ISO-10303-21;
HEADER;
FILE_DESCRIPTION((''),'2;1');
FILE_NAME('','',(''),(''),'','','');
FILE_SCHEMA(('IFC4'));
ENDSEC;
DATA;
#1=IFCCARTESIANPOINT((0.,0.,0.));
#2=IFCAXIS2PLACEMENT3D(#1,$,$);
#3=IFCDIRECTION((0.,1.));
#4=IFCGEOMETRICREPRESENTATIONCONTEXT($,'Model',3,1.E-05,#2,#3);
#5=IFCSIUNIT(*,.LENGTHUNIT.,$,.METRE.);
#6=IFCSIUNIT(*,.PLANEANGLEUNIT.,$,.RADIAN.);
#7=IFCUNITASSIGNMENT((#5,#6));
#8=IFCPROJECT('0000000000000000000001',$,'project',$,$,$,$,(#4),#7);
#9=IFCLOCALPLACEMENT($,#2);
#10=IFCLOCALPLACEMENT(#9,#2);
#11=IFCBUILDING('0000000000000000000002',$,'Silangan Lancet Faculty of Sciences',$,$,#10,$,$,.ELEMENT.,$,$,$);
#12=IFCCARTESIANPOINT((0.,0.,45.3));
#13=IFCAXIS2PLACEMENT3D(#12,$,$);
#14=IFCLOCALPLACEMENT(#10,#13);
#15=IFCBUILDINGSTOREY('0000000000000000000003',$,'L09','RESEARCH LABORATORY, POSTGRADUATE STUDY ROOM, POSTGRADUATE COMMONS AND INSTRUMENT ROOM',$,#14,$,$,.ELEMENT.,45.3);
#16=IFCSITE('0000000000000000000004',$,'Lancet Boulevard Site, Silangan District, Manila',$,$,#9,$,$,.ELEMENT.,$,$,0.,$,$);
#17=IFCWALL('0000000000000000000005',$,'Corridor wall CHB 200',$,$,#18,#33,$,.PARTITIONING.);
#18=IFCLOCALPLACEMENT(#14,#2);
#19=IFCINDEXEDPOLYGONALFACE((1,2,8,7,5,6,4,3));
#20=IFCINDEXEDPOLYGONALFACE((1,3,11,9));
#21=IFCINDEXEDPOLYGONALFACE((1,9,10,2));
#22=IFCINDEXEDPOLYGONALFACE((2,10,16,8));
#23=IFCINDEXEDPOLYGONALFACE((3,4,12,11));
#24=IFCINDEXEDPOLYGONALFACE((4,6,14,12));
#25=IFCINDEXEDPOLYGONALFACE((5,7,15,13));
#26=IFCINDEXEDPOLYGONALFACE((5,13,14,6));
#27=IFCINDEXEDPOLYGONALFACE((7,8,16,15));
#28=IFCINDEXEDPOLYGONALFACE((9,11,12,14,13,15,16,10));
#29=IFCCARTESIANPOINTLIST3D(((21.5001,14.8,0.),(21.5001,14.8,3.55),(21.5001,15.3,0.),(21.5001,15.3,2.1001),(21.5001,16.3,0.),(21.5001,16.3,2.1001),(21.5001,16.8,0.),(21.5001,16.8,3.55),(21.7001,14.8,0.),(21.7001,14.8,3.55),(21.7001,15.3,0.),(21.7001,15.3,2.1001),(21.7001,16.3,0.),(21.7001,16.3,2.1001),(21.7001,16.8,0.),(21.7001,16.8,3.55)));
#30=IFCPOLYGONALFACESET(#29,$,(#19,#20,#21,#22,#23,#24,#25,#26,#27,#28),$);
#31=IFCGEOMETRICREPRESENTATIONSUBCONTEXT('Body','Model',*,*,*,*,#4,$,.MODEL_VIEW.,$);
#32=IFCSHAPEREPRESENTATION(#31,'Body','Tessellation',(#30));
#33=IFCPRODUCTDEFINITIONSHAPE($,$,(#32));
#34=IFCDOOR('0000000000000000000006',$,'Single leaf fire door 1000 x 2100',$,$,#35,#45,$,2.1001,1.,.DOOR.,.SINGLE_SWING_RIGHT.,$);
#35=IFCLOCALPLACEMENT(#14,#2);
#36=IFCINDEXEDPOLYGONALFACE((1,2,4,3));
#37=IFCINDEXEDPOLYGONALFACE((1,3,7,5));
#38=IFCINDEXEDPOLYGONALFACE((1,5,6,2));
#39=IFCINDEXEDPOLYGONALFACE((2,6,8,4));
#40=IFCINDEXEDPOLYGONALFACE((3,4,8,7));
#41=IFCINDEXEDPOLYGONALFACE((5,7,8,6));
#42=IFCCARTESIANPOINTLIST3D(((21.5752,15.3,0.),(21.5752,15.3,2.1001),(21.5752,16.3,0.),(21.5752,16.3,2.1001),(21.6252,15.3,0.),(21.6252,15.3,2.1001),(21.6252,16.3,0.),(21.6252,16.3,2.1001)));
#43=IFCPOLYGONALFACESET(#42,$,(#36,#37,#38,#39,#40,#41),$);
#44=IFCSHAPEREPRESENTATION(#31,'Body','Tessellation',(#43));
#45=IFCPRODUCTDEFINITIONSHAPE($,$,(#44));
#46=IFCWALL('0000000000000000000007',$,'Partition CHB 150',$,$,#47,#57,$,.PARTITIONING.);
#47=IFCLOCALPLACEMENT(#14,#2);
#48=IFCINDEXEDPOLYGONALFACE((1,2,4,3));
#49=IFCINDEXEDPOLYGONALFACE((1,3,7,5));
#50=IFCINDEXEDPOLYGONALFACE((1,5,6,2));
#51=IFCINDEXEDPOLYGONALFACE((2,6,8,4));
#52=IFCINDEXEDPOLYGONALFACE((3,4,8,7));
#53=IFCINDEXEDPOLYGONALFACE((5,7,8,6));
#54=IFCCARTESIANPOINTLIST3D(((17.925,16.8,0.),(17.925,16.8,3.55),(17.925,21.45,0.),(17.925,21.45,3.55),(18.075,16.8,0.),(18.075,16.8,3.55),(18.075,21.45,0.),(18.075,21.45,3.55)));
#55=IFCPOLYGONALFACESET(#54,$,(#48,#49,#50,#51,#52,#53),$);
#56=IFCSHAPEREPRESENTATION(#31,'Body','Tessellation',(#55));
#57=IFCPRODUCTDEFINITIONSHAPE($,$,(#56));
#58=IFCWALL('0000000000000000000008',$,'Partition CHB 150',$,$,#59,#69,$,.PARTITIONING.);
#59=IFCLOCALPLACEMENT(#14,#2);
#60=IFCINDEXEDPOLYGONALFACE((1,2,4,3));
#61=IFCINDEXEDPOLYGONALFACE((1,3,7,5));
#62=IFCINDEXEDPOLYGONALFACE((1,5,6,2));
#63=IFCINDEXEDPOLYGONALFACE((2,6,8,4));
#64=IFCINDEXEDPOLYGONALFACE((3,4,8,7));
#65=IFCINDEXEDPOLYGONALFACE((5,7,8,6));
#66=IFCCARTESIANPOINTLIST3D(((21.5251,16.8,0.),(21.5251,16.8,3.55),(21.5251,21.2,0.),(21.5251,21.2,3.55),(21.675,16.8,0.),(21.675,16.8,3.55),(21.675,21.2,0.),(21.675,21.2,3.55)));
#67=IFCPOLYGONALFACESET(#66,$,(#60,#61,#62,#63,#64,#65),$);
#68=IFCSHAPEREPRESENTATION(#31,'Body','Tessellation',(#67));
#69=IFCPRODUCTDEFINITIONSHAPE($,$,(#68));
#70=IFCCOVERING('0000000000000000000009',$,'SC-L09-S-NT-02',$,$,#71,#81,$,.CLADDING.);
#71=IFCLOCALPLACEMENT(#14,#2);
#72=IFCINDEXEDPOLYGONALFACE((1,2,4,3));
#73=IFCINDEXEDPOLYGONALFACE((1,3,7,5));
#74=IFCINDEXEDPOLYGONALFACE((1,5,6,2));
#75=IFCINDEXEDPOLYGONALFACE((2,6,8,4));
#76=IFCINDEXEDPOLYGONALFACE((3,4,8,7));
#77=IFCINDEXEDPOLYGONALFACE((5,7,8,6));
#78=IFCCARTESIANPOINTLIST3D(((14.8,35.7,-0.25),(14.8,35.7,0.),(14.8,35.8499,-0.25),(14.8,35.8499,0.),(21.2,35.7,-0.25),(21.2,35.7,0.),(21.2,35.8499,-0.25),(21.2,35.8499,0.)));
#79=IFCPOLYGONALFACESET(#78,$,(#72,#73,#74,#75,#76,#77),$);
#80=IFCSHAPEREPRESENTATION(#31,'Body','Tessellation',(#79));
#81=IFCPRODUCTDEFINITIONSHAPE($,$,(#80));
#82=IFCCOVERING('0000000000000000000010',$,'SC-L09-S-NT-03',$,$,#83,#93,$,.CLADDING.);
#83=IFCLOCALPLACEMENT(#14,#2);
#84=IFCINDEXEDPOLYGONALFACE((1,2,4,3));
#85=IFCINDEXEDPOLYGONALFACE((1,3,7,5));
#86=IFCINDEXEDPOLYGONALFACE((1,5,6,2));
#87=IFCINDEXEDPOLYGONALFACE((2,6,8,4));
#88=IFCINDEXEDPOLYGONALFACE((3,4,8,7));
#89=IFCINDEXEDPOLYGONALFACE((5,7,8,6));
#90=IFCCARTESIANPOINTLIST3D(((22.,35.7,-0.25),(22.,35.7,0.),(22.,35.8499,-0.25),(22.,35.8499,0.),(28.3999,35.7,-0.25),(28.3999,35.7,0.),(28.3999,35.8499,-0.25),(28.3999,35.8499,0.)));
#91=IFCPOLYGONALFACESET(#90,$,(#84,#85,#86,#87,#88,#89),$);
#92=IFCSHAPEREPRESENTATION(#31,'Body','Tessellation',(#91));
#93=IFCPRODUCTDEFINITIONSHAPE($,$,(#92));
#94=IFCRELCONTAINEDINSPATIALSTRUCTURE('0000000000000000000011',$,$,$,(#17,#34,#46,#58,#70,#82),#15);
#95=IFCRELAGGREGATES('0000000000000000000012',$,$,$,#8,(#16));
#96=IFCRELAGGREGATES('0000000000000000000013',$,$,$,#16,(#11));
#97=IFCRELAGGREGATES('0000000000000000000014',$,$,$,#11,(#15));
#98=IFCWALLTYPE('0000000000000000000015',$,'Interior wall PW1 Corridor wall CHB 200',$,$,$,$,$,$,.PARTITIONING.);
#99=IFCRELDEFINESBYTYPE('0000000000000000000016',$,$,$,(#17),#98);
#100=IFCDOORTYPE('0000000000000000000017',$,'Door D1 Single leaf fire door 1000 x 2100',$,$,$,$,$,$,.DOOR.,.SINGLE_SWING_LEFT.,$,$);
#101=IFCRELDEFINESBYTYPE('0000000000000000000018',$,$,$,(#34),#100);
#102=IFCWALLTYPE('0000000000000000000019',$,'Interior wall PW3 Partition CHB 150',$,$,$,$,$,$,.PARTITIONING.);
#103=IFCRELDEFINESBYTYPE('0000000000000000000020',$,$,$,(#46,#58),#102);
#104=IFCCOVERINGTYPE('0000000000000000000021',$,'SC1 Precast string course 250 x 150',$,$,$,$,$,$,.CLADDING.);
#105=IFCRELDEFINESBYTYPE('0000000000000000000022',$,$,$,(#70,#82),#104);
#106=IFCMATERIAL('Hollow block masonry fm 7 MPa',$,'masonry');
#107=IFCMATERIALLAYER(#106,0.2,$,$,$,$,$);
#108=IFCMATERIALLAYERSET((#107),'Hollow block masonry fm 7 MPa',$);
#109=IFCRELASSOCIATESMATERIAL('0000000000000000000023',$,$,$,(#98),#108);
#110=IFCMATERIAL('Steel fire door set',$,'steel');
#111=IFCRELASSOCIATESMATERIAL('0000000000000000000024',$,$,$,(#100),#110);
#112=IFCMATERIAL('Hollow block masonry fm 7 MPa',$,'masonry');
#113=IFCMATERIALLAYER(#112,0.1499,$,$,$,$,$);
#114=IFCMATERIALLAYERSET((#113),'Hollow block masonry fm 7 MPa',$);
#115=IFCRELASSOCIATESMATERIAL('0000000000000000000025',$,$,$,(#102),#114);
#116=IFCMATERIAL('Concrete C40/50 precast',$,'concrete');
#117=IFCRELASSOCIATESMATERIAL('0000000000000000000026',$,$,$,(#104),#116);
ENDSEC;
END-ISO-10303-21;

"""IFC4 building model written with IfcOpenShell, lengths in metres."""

from ifc_helpers import new_model, si_unit, direction, frame, frame_2d, origin, origin_2d, place, context, subcontext, project, spatial, rectangle, extrude, material, layer, layer_set, type_object, element, fill, save


model = new_model("IFC4")

# Units and contexts
model_context = context("Model", 3, precision=1e-05, world=origin(), true_north=direction((0.0, 1.0)))
body_context = subcontext(model_context, "Body", "Model", "MODEL_VIEW")
ifc_project = project(units=[si_unit("LENGTHUNIT", "METRE"), si_unit("PLANEANGLEUNIT", "RADIAN")], contexts=[model_context])

# Site, building, storey
site_placement = place(None, origin())
site = spatial("IfcSite", under=ifc_project, at=site_placement, Name="Lancet Boulevard Site, Silangan District, Manila", CompositionType="ELEMENT", RefElevation=0.0)
building_placement = place(site_placement, origin())
building = spatial("IfcBuilding", under=site, at=building_placement, Name="Silangan Lancet Faculty of Sciences", CompositionType="ELEMENT")
storey_placement = place(building_placement, frame((0.0, 0.0, 45.3)))
storey = spatial("IfcBuildingStorey", under=building, at=storey_placement, Name="L09", Description="RESEARCH LABORATORY, POSTGRADUATE STUDY ROOM, POSTGRADUATE COMMONS AND INSTRUMENT ROOM", CompositionType="ELEMENT", Elevation=45.3)

# Wall, opening, door
ifc_material_1 = material(Name="Hollow block masonry fm 7 MPa", Category="masonry")
ifc_layer_1 = layer(ifc_material_1, 0.2)
ifc_layer_set_1 = layer_set([ifc_layer_1], Name="Hollow block masonry fm 7 MPa")
wall_type_1 = type_object("IfcWallType", Name="Interior wall PW1 Corridor wall CHB 200", PredefinedType="PARTITIONING", material=ifc_layer_set_1)
ifc_material_2 = material(Name="Steel fire door set", Category="steel")
door_type = type_object("IfcDoorType", Name="Door D1 Single leaf fire door 1000 x 2100", OperationType="SINGLE_SWING_LEFT", PredefinedType="DOOR", material=ifc_material_2)
wall_1_placement = place(storey_placement, frame((21.6001, 14.8, 0.0), z_axis=(0.0, 0.0, 1.0), x_axis=(0.0, 1.0, 0.0)))
wall_1 = element("IfcWall", 1, at=wall_1_placement, inside=storey, type_object=wall_type_1, Name="Corridor wall CHB 200", PredefinedType="PARTITIONING", context=body_context, shape_type="SweptSolid", body=[
    extrude(rectangle(XDim=2.0, YDim=0.2, at=frame_2d((1.0, 0.0))), origin(), (0.0, 0.0, 1.0), 3.55),
])
opening_1_placement = place(wall_1_placement, frame((0.5, 0.0, 0.0)))
opening_1 = element("IfcOpeningElement", 2, at=opening_1_placement, cuts=wall_1, PredefinedType="OPENING", context=body_context, shape_type="SweptSolid", body=[
    extrude(rectangle(XDim=1.0, YDim=2.1001, at=frame_2d((0.5, 1.05))), frame((0.0, 0.1099, 0.0), z_axis=(0.0, -1.0, 0.0), x_axis=(1.0, 0.0, 0.0)), (0.0, 0.0, 1.0), 0.22),
])
door_1_placement = place(opening_1_placement, frame((1.0, 0.0, 0.0), z_axis=(0.0, 0.0, 1.0), x_axis=(-1.0, 0.0, 0.0)))
door_1 = element("IfcDoor", 3, at=door_1_placement, inside=storey, type_object=door_type, Name="Single leaf fire door 1000 x 2100", OperationType="SINGLE_SWING_RIGHT", OverallHeight=2.1001, OverallWidth=1.0, PredefinedType="DOOR", context=body_context, shape_type="SweptSolid", body=[
    extrude(rectangle(XDim=1.0, YDim=2.1001, at=frame_2d((0.5, 1.05))), frame((0.0, 0.0251, 0.0), z_axis=(0.0, -1.0, 0.0), x_axis=(1.0, 0.0, 0.0)), (0.0, 0.0, 1.0), 0.05),
])
fill(opening_1, door_1)

# Walls
ifc_material_3 = material(Name="Hollow block masonry fm 7 MPa", Category="masonry")
ifc_layer_2 = layer(ifc_material_3, 0.1499)
ifc_layer_set_2 = layer_set([ifc_layer_2], Name="Hollow block masonry fm 7 MPa")
wall_type_2 = type_object("IfcWallType", Name="Interior wall PW3 Partition CHB 150", PredefinedType="PARTITIONING", material=ifc_layer_set_2)
wall_2_placement = place(storey_placement, frame((18.0, 16.8, 0.0), z_axis=(0.0, 0.0, 1.0), x_axis=(0.0, 1.0, 0.0)))
element("IfcWall", 4, at=wall_2_placement, inside=storey, type_object=wall_type_2, Name="Partition CHB 150", PredefinedType="PARTITIONING", context=body_context, shape_type="SweptSolid", body=[
    extrude(rectangle(XDim=4.6499, YDim=0.1499, at=frame_2d((2.325, 0.0))), origin(), (0.0, 0.0, 1.0), 3.55),
])
wall_3_placement = place(storey_placement, frame((21.6001, 16.8, 0.0), z_axis=(0.0, 0.0, 1.0), x_axis=(0.0, 1.0, 0.0)))
element("IfcWall", 5, at=wall_3_placement, inside=storey, type_object=wall_type_2, Name="Partition CHB 150", PredefinedType="PARTITIONING", context=body_context, shape_type="SweptSolid", body=[
    extrude(rectangle(XDim=4.3999, YDim=0.1499, at=frame_2d((2.2, 0.0))), origin(), (0.0, 0.0, 1.0), 3.55),
])

# Coverings
ifc_material_4 = material(Name="Concrete C40/50 precast", Category="concrete")
covering_type = type_object("IfcCoveringType", Name="SC1 Precast string course 250 x 150", PredefinedType="CLADDING", material=ifc_material_4)
for number, where, z_axis, x_axis, name in (
    (6, (18.0, 35.7749, -0.25), (0.0, 0.0, 1.0), (1.0, 0.0, 0.0), "SC-L09-S-NT-02"),
    (7, (25.2, 35.7749, -0.25), (0.0, 0.0, 1.0), (1.0, 0.0, 0.0), "SC-L09-S-NT-03"),
):
    element("IfcCovering", number, at=place(storey_placement, frame(where, z_axis=z_axis, x_axis=x_axis)), inside=storey, type_object=covering_type, Name=name, PredefinedType="CLADDING", context=body_context, shape_type="SweptSolid", body=[
        extrude(rectangle(XDim=6.3999, YDim=0.1499, at=origin_2d()), origin(), (0.0, 0.0, 1.0), 0.25),
    ])

save(model, "model.ifc")
